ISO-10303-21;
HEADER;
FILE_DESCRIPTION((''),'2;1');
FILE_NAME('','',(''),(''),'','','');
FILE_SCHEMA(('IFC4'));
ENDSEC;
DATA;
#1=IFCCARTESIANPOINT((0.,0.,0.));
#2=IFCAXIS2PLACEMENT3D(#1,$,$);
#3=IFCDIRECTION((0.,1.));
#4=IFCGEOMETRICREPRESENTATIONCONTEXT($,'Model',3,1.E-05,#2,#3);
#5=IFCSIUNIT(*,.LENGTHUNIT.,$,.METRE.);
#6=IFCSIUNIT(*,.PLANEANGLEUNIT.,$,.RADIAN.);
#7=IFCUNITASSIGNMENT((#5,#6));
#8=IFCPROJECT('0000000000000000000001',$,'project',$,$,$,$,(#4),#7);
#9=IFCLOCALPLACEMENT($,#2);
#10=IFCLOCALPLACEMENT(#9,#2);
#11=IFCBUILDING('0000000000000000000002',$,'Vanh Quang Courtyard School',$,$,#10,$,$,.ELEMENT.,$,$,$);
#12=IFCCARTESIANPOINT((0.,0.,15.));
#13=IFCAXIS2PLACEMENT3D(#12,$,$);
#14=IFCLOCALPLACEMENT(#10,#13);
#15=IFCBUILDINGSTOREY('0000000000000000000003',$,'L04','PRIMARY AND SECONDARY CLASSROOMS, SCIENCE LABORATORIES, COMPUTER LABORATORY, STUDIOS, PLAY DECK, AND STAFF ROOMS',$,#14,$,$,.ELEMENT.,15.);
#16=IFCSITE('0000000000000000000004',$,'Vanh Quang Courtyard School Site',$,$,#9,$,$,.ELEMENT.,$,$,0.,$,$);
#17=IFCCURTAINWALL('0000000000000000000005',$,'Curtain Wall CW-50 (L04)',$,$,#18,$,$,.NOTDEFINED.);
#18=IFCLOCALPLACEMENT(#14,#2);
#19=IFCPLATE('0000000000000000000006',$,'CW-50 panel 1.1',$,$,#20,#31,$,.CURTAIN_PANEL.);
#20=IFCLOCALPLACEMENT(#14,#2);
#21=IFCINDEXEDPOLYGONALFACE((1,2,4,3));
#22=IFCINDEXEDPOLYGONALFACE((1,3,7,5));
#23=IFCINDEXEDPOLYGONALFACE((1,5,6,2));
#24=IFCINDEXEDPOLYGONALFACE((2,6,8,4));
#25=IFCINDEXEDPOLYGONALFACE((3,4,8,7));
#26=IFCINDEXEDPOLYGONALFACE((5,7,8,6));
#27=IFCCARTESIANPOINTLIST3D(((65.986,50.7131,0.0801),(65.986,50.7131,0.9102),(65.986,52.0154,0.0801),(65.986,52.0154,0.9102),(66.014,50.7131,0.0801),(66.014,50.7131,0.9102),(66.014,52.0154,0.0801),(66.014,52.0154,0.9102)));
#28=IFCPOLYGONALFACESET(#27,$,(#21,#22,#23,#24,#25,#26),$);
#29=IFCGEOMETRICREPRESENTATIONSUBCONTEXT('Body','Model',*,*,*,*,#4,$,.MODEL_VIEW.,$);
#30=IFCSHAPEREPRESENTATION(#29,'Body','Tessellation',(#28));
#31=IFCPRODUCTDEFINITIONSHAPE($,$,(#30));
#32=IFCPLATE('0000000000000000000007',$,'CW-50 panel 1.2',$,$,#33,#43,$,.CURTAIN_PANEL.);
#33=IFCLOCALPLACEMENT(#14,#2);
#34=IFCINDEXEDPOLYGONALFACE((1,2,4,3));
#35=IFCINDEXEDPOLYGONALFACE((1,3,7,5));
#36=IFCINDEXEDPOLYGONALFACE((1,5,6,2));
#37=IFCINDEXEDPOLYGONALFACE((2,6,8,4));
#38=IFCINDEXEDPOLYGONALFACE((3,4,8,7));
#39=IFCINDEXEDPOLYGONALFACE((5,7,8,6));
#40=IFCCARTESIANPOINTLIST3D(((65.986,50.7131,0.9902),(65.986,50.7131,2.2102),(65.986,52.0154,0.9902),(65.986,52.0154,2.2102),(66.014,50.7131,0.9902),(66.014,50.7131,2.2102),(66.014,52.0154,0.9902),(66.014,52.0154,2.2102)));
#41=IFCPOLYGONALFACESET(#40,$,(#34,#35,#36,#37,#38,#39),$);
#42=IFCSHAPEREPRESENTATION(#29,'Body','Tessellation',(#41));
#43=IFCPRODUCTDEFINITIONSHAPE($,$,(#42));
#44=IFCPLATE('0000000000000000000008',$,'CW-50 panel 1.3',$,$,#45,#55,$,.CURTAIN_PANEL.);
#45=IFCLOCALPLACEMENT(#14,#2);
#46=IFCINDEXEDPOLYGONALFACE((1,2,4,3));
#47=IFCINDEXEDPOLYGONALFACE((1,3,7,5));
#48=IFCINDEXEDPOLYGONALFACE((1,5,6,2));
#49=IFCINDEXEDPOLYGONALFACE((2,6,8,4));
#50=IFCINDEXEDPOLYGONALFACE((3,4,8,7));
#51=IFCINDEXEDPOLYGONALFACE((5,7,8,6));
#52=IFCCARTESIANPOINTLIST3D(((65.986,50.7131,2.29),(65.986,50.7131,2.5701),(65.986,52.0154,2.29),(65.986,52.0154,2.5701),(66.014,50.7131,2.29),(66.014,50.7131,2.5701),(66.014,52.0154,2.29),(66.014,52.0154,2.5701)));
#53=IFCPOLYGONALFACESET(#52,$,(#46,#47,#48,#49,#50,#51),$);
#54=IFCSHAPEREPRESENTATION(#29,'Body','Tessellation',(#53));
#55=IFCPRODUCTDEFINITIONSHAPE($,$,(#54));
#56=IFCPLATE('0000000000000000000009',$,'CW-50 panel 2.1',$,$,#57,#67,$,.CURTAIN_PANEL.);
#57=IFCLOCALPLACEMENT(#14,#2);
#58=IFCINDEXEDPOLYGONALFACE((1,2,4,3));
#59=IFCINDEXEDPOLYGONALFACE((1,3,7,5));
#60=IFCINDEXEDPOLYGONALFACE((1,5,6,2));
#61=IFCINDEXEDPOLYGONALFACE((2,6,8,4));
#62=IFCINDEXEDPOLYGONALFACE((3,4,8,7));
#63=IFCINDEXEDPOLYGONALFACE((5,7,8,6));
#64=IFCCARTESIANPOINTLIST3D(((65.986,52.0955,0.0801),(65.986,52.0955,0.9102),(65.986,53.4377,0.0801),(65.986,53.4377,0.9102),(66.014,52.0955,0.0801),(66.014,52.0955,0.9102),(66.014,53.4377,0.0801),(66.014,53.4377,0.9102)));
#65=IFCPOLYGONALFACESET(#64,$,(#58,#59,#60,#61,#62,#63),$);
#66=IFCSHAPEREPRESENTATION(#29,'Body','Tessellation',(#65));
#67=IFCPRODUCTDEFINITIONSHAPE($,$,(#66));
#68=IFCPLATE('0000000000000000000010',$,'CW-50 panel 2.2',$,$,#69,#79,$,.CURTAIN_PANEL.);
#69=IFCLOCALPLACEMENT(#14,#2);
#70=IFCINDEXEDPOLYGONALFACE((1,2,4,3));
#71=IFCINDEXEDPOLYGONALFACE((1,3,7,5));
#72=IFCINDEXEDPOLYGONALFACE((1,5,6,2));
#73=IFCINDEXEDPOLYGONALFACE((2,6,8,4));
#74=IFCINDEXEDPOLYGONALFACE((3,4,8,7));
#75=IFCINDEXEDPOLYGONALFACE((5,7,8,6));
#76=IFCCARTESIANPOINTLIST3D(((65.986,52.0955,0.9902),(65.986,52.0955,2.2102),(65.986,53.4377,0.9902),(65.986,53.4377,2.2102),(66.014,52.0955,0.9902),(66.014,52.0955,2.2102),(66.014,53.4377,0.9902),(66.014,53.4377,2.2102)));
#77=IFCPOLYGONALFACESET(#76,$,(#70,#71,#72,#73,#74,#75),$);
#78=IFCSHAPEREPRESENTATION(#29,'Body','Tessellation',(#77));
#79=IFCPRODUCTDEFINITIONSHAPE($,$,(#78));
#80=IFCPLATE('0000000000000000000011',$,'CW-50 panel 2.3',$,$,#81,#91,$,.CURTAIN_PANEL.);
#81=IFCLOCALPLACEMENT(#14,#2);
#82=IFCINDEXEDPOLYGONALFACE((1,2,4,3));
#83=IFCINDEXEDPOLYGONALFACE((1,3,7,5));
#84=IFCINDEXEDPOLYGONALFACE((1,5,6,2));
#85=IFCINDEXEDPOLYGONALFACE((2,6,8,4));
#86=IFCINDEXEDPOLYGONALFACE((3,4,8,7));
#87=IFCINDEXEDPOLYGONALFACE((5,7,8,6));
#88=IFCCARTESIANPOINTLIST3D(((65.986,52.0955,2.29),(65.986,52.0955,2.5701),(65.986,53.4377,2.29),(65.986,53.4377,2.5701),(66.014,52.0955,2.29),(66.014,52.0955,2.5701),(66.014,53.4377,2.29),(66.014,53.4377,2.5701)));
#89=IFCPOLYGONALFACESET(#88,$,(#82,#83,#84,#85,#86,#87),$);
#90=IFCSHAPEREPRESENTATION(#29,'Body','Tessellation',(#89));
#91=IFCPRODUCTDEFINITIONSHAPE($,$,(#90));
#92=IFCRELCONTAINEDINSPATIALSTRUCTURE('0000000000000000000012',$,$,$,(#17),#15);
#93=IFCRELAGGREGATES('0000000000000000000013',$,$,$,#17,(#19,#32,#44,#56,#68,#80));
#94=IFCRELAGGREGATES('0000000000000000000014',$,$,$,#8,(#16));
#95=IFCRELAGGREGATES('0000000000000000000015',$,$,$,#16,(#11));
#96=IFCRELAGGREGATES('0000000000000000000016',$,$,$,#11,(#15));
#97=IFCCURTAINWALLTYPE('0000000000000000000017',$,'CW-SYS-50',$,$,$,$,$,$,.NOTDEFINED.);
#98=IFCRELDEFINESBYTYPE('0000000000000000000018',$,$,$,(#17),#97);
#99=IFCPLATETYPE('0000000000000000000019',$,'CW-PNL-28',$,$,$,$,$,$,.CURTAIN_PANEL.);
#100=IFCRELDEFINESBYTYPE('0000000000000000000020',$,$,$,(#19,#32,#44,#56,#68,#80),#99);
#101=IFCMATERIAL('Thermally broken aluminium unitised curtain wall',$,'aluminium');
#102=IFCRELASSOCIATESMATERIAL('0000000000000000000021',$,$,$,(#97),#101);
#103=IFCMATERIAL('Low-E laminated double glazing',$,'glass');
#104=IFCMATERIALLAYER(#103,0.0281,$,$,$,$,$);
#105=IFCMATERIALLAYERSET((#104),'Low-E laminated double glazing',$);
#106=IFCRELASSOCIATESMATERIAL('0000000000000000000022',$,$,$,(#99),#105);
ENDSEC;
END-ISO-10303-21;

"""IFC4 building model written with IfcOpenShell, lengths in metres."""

from ifc_helpers import new_model, si_unit, direction, frame, origin, origin_2d, place, context, subcontext, project, spatial, rectangle, extrude, material, layer, layer_set, type_object, element, aggregate, save


model = new_model("IFC4")

# Units and contexts
model_context = context("Model", 3, precision=1e-05, world=origin(), true_north=direction((0.0, 1.0)))
body_context = subcontext(model_context, "Body", "Model", "MODEL_VIEW")
ifc_project = project(units=[si_unit("LENGTHUNIT", "METRE"), si_unit("PLANEANGLEUNIT", "RADIAN")], contexts=[model_context])

# Site, building, storey
site_placement = place(None, origin())
site = spatial("IfcSite", under=ifc_project, at=site_placement, Name="Vanh Quang Courtyard School Site", CompositionType="ELEMENT", RefElevation=0.0)
building_placement = place(site_placement, origin())
building = spatial("IfcBuilding", under=site, at=building_placement, Name="Vanh Quang Courtyard School", CompositionType="ELEMENT")
storey_placement = place(building_placement, frame((0.0, 0.0, 15.0)))
storey = spatial("IfcBuildingStorey", under=building, at=storey_placement, Name="L04", Description="PRIMARY AND SECONDARY CLASSROOMS, SCIENCE LABORATORIES, COMPUTER LABORATORY, STUDIOS, PLAY DECK, AND STAFF ROOMS", CompositionType="ELEMENT", Elevation=15.0)

# Curtain wall, plates
ifc_material_1 = material(Name="Thermally broken aluminium unitised curtain wall", Category="aluminium")
curtain_wall_type = type_object("IfcCurtainWallType", Name="CW-SYS-50", PredefinedType="NOTDEFINED", material=ifc_material_1)
curtain_wall_placement = place(storey_placement, origin())
curtain_wall = element("IfcCurtainWall", 1, at=curtain_wall_placement, inside=storey, type_object=curtain_wall_type, Name="Curtain Wall CW-50 (L04)", PredefinedType="NOTDEFINED")
ifc_material_2 = material(Name="Low-E laminated double glazing", Category="glass")
ifc_layer = layer(ifc_material_2, 0.0281)
ifc_layer_set = layer_set([ifc_layer], Name="Low-E laminated double glazing")
plate_type = type_object("IfcPlateType", Name="CW-PNL-28", PredefinedType="CURTAIN_PANEL", material=ifc_layer_set)
plate_1_placement = place(storey_placement, frame((66.0, 51.3643, 0.0801), z_axis=(0.0, 0.0, 1.0), x_axis=(0.0, 1.0, 0.0)))
plate_1 = element("IfcPlate", 2, at=plate_1_placement, type_object=plate_type, Name="CW-50 panel 1.1", PredefinedType="CURTAIN_PANEL", context=body_context, shape_type="SweptSolid", body=[
    extrude(rectangle(XDim=1.3022, YDim=0.0281, at=origin_2d()), origin(), (0.0, 0.0, 1.0), 0.8301),
])
plate_2_placement = place(storey_placement, frame((66.0, 51.3643, 0.9902), z_axis=(0.0, 0.0, 1.0), x_axis=(0.0, 1.0, 0.0)))
plate_2 = element("IfcPlate", 3, at=plate_2_placement, type_object=plate_type, Name="CW-50 panel 1.2", PredefinedType="CURTAIN_PANEL", context=body_context, shape_type="SweptSolid", body=[
    extrude(rectangle(XDim=1.3022, YDim=0.0281, at=origin_2d()), origin(), (0.0, 0.0, 1.0), 1.22),
])
plate_3_placement = place(storey_placement, frame((66.0, 51.3643, 2.29), z_axis=(0.0, 0.0, 1.0), x_axis=(0.0, 1.0, 0.0)))
plate_3 = element("IfcPlate", 4, at=plate_3_placement, type_object=plate_type, Name="CW-50 panel 1.3", PredefinedType="CURTAIN_PANEL", context=body_context, shape_type="SweptSolid", body=[
    extrude(rectangle(XDim=1.3022, YDim=0.0281, at=origin_2d()), origin(), (0.0, 0.0, 1.0), 0.28),
])
plate_4_placement = place(storey_placement, frame((66.0, 52.7666, 0.0801), z_axis=(0.0, 0.0, 1.0), x_axis=(0.0, 1.0, 0.0)))
plate_4 = element("IfcPlate", 5, at=plate_4_placement, type_object=plate_type, Name="CW-50 panel 2.1", PredefinedType="CURTAIN_PANEL", context=body_context, shape_type="SweptSolid", body=[
    extrude(rectangle(XDim=1.3423, YDim=0.0281, at=origin_2d()), origin(), (0.0, 0.0, 1.0), 0.8301),
])
plate_5_placement = place(storey_placement, frame((66.0, 52.7666, 0.9902), z_axis=(0.0, 0.0, 1.0), x_axis=(0.0, 1.0, 0.0)))
plate_5 = element("IfcPlate", 6, at=plate_5_placement, type_object=plate_type, Name="CW-50 panel 2.2", PredefinedType="CURTAIN_PANEL", context=body_context, shape_type="SweptSolid", body=[
    extrude(rectangle(XDim=1.3423, YDim=0.0281, at=origin_2d()), origin(), (0.0, 0.0, 1.0), 1.22),
])
plate_6_placement = place(storey_placement, frame((66.0, 52.7666, 2.29), z_axis=(0.0, 0.0, 1.0), x_axis=(0.0, 1.0, 0.0)))
plate_6 = element("IfcPlate", 7, at=plate_6_placement, type_object=plate_type, Name="CW-50 panel 2.3", PredefinedType="CURTAIN_PANEL", context=body_context, shape_type="SweptSolid", body=[
    extrude(rectangle(XDim=1.3423, YDim=0.0281, at=origin_2d()), origin(), (0.0, 0.0, 1.0), 0.28),
])
aggregate(curtain_wall, [plate_1, plate_2, plate_3, plate_4, plate_5, plate_6])

save(model, "model.ifc")
